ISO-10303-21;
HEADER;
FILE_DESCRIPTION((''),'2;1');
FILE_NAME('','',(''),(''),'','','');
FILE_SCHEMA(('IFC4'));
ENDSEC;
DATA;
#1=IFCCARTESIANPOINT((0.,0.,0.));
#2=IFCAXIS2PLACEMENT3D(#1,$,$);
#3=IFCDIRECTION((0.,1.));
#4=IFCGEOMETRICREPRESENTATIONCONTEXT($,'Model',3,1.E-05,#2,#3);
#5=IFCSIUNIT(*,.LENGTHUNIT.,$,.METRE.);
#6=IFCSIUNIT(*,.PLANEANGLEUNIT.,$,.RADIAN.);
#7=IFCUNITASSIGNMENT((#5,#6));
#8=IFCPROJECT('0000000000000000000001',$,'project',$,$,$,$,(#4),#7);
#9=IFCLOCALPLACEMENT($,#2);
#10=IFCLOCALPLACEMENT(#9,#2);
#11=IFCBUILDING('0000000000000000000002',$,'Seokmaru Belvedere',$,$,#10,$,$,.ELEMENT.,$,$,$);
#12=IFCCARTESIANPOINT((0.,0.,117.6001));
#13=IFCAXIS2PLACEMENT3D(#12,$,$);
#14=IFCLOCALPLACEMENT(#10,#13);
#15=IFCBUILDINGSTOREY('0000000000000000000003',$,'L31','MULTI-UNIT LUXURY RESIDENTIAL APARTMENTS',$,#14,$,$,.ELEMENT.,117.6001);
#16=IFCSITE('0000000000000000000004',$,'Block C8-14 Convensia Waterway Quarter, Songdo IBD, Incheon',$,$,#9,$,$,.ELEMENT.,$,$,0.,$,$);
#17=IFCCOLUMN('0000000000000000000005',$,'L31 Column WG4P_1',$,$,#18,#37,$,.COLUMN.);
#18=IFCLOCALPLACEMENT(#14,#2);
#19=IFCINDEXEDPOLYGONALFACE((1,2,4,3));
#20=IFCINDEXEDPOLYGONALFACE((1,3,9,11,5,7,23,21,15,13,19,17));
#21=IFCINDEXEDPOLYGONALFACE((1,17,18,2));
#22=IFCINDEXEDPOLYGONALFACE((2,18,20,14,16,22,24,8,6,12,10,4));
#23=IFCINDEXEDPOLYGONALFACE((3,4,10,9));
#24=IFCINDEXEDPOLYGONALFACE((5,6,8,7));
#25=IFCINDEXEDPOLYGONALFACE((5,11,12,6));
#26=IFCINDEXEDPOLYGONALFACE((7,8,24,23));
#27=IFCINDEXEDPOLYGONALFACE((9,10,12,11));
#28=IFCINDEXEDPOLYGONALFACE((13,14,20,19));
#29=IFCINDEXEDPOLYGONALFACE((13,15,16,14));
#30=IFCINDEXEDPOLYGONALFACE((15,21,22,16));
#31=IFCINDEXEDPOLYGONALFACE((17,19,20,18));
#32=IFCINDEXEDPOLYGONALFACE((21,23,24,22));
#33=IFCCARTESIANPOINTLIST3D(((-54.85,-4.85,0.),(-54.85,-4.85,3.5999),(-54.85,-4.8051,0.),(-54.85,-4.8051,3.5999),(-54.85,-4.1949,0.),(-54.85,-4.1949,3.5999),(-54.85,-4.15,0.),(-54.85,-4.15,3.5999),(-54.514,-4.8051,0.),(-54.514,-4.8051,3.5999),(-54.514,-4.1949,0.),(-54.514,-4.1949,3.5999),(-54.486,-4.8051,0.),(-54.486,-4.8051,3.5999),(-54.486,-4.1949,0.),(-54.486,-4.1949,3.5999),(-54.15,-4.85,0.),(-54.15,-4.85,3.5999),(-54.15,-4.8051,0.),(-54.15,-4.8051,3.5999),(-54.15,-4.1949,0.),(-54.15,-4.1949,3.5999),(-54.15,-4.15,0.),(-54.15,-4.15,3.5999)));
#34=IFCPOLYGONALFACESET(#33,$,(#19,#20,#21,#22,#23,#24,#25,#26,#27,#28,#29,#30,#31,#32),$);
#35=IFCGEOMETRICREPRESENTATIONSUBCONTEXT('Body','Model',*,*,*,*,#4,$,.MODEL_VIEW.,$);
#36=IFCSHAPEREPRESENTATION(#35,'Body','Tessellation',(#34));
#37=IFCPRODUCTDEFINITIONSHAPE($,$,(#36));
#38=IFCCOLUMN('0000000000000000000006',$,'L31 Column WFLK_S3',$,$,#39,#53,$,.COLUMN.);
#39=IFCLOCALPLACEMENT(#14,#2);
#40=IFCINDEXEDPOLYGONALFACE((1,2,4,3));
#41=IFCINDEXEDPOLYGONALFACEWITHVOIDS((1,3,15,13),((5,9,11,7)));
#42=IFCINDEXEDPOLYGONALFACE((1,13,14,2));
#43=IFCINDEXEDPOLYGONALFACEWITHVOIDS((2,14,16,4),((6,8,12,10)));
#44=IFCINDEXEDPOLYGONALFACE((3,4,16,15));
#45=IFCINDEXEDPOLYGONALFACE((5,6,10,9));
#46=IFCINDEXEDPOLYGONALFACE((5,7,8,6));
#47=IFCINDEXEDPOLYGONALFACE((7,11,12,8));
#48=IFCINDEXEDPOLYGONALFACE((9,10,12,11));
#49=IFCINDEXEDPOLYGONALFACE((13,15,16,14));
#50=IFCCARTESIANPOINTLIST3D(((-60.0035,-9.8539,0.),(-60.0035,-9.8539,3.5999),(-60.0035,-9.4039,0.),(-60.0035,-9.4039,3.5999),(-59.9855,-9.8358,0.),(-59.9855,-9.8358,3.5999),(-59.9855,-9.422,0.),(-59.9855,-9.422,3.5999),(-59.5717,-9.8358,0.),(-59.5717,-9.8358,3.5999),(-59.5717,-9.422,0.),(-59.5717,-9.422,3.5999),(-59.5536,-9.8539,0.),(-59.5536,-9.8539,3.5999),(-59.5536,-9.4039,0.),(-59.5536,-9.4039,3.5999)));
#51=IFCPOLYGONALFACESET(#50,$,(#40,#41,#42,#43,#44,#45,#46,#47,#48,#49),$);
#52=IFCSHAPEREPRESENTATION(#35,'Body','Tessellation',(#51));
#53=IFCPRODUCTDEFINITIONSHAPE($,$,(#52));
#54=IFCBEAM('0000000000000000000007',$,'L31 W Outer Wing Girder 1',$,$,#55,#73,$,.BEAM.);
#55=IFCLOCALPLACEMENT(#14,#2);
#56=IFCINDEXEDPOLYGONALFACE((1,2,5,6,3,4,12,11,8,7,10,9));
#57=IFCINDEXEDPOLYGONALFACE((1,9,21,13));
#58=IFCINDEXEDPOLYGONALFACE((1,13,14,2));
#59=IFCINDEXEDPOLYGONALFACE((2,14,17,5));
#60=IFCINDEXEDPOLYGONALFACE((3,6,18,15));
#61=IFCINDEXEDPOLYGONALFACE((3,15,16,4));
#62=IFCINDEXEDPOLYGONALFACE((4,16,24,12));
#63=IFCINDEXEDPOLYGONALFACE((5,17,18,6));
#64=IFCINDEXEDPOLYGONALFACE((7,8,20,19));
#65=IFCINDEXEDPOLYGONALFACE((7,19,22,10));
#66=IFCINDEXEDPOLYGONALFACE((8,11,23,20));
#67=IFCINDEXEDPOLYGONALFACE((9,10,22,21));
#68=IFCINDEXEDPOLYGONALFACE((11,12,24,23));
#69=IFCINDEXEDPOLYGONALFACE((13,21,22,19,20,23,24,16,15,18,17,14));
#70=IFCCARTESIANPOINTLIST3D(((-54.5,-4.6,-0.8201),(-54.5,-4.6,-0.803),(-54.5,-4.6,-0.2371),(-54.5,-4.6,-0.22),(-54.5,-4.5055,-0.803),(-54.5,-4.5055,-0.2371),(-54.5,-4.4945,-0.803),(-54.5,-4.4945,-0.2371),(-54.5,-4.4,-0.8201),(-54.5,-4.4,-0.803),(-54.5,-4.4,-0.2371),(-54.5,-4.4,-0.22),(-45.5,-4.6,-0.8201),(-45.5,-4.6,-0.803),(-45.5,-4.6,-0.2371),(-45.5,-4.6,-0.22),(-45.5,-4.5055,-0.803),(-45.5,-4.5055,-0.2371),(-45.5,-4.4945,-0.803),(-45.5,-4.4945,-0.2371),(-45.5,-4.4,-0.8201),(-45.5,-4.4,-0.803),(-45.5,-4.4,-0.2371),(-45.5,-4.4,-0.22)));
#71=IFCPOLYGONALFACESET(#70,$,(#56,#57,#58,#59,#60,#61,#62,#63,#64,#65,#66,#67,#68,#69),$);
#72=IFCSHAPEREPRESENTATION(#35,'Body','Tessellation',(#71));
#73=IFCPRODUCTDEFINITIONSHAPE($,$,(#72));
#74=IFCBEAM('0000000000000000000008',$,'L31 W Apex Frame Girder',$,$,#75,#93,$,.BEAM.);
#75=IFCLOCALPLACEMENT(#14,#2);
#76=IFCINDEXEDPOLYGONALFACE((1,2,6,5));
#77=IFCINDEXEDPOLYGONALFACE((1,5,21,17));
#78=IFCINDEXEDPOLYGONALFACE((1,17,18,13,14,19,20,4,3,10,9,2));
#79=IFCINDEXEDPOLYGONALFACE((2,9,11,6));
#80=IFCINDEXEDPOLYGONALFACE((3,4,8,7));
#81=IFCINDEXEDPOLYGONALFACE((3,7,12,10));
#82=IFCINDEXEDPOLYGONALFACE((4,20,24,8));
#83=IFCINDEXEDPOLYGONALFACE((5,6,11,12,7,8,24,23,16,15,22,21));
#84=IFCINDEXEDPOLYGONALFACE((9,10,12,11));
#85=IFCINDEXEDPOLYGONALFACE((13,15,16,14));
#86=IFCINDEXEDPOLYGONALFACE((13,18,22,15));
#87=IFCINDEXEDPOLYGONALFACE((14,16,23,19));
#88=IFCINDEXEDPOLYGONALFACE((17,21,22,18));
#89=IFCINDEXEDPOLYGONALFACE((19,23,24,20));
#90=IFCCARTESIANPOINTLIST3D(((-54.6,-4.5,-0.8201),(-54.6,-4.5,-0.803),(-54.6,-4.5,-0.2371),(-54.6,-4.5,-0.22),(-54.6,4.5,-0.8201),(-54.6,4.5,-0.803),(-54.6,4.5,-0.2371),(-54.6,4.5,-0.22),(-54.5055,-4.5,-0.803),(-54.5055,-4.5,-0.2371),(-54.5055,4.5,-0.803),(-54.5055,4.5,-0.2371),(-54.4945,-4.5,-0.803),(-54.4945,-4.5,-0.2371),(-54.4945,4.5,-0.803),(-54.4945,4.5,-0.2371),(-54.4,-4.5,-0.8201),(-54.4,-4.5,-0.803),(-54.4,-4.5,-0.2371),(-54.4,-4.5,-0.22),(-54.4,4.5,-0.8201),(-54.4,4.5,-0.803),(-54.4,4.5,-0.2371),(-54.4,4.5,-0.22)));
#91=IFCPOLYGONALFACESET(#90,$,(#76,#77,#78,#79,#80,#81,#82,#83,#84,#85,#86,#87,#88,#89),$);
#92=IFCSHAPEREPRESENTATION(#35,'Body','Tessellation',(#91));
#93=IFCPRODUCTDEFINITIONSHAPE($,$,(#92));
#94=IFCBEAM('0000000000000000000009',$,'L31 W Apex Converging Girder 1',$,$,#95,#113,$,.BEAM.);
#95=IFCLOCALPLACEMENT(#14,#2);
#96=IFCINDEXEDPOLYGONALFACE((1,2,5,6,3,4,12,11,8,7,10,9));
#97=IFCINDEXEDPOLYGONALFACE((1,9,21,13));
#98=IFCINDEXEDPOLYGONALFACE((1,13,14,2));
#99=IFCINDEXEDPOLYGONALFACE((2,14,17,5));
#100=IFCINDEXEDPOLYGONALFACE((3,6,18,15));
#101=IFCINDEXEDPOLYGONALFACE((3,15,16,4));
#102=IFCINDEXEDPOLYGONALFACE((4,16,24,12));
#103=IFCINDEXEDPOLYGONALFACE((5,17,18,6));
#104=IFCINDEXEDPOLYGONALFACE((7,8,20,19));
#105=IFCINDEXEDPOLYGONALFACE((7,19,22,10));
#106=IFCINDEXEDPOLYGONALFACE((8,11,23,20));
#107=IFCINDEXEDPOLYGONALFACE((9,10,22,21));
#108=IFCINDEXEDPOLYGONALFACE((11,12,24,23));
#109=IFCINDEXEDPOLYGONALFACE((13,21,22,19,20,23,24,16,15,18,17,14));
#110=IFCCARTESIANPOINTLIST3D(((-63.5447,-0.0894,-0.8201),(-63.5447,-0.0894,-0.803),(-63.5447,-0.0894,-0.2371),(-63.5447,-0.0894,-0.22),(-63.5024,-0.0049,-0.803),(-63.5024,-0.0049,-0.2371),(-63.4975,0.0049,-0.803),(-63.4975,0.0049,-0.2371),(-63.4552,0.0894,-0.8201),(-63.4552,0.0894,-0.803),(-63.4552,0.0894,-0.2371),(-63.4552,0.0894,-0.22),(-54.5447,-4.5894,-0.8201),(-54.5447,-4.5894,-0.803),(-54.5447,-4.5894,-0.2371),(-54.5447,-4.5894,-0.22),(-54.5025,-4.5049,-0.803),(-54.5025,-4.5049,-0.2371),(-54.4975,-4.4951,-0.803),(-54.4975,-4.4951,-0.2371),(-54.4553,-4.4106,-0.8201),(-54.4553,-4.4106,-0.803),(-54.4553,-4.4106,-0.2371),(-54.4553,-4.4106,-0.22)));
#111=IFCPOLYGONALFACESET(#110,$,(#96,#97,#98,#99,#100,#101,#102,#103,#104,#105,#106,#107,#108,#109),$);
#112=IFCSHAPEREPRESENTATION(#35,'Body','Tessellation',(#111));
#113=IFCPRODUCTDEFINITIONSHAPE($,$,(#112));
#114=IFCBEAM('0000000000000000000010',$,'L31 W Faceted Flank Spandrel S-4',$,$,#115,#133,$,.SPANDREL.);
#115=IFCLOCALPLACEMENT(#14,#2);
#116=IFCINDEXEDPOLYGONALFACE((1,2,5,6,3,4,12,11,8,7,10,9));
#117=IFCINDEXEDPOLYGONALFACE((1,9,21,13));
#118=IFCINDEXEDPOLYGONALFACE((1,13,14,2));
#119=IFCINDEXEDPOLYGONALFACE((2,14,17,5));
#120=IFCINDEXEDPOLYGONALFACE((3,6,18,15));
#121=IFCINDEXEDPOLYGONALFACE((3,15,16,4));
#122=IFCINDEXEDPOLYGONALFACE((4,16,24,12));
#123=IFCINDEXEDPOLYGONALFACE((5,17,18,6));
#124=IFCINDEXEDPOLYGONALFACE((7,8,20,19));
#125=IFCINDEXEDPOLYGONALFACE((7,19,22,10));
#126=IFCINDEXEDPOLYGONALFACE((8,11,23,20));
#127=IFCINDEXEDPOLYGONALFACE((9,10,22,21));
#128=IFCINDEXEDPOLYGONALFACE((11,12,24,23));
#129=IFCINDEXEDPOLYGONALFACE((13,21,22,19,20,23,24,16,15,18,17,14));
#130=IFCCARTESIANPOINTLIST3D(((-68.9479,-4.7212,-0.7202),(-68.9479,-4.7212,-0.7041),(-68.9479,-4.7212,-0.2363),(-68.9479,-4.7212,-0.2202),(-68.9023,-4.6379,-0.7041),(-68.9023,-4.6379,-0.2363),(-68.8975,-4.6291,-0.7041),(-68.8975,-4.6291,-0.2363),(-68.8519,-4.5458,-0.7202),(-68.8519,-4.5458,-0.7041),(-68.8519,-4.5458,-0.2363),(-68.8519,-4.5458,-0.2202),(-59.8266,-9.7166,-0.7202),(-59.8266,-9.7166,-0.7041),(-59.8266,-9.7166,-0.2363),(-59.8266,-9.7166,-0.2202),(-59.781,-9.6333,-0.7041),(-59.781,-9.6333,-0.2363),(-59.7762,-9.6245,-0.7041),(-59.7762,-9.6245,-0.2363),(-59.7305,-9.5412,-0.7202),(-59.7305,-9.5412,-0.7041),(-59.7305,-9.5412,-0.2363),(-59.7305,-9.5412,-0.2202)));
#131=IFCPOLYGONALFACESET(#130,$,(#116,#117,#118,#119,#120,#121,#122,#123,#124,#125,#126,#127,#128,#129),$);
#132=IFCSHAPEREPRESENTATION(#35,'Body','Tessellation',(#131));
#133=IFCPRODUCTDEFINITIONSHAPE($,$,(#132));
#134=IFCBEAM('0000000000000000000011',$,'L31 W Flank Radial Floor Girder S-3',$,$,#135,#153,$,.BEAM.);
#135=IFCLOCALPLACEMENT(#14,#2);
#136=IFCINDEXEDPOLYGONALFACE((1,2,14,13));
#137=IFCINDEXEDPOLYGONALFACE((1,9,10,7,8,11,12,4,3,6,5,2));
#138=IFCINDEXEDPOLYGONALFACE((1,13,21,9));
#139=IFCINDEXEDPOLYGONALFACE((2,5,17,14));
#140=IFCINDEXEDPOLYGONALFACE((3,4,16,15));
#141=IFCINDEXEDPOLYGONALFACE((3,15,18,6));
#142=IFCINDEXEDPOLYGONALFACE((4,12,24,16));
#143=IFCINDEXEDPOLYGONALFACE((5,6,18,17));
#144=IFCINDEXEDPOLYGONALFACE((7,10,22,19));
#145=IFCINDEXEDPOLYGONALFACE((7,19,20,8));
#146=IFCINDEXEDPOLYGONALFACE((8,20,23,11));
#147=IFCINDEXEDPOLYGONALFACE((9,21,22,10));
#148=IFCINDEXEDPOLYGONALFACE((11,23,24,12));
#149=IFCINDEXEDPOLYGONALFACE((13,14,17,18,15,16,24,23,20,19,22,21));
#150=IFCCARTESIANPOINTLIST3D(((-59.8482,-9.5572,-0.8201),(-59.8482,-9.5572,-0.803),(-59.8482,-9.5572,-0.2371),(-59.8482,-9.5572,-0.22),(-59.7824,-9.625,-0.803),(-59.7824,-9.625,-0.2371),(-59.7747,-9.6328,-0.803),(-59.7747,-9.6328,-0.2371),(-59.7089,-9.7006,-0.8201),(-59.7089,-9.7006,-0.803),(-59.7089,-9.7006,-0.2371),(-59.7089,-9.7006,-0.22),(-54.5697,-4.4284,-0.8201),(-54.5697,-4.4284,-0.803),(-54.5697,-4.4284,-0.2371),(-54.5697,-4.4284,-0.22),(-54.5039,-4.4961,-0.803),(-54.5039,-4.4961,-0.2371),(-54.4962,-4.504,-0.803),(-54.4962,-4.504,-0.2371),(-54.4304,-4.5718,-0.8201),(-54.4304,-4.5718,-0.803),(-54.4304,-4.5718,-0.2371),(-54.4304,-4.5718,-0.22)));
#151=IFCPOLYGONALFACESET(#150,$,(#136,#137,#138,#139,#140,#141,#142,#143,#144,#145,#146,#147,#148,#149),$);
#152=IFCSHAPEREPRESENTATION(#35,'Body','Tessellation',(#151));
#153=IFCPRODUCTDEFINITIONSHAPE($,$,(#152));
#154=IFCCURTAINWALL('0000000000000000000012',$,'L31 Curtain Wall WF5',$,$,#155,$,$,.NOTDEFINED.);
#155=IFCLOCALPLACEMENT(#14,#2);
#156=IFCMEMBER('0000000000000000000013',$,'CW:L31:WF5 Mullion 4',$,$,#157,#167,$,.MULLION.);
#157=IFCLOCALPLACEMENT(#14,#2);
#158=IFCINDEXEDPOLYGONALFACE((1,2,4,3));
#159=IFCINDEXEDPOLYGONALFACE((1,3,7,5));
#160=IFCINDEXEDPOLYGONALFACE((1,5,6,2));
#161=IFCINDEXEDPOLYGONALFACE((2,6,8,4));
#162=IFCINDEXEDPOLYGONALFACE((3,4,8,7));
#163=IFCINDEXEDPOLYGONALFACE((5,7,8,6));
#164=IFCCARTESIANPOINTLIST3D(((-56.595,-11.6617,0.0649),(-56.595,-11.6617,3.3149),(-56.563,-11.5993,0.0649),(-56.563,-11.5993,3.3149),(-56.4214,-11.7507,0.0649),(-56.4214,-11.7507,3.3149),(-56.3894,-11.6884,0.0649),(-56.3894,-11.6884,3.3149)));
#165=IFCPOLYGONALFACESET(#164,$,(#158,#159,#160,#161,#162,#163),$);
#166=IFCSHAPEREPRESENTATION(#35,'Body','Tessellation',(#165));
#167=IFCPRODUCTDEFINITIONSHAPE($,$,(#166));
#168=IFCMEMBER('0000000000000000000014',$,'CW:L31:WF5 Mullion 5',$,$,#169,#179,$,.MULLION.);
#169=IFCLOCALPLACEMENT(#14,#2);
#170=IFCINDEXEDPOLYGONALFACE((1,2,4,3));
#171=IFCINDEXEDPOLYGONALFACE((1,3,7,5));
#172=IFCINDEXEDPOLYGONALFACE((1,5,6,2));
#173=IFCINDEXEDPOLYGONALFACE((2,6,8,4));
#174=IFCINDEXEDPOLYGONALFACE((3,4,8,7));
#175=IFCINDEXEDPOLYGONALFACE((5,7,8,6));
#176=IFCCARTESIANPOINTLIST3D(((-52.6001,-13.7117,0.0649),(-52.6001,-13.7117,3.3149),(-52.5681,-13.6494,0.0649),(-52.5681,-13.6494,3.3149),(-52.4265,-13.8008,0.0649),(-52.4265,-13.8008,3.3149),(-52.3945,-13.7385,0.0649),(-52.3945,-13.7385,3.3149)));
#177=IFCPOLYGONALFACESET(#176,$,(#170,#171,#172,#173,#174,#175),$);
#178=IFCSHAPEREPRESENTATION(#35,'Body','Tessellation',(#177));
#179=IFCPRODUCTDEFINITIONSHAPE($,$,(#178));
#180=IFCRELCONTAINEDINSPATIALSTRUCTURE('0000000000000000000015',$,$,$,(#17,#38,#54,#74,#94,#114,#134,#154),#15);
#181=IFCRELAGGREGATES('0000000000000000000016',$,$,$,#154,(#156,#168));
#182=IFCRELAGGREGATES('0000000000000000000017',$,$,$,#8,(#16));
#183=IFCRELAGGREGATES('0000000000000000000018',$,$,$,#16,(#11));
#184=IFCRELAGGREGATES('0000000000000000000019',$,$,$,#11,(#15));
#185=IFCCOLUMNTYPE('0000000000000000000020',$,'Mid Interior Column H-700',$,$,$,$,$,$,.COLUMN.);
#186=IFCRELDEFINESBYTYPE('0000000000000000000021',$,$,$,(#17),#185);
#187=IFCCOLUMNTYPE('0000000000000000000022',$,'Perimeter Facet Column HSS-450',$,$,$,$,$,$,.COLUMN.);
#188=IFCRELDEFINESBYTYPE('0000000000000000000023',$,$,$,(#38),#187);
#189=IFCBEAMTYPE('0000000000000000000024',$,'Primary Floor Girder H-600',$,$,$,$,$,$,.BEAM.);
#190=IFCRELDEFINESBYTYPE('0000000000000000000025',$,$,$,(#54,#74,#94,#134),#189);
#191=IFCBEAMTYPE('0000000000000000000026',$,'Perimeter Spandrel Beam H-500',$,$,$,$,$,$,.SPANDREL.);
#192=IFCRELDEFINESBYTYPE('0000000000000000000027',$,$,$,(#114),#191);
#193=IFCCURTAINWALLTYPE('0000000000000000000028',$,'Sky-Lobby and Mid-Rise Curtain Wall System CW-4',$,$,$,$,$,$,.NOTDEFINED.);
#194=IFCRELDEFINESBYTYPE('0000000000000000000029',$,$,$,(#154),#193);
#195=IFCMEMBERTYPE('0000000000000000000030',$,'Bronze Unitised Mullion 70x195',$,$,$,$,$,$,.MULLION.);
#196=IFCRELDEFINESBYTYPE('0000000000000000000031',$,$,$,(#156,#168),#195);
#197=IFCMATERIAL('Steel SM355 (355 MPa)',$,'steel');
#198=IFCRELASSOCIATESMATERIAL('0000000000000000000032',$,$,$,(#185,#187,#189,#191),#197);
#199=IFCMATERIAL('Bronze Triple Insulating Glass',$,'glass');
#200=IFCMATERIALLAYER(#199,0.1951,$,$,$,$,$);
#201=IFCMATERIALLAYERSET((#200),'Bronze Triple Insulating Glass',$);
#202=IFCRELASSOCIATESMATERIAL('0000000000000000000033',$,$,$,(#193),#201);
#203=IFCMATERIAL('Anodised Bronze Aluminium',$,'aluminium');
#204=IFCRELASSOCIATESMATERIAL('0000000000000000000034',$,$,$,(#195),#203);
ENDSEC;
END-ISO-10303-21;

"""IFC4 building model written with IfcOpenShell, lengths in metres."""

from ifc_helpers import new_model, si_unit, direction, frame, origin, origin_2d, place, context, subcontext, project, spatial, rectangle, hollow_rectangle, i_section, extrude, source, transform, mapped, material, layer, layer_set, material_profile, profile_set, type_object, type_shapes, element, aggregate, save


model = new_model("IFC4")

# Units and contexts
model_context = context("Model", 3, precision=1e-05, world=origin(), true_north=direction((0.0, 1.0)))
body_context = subcontext(model_context, "Body", "Model", "MODEL_VIEW")
ifc_project = project(units=[si_unit("LENGTHUNIT", "METRE"), si_unit("PLANEANGLEUNIT", "RADIAN")], contexts=[model_context])

# Site, building, storey
site_placement = place(None, origin())
site = spatial("IfcSite", under=ifc_project, at=site_placement, Name="Block C8-14 Convensia Waterway Quarter, Songdo IBD, Incheon", CompositionType="ELEMENT", RefElevation=0.0)
building_placement = place(site_placement, origin())
building = spatial("IfcBuilding", under=site, at=building_placement, Name="Seokmaru Belvedere", CompositionType="ELEMENT")
storey_placement = place(building_placement, frame((0.0, 0.0, 117.6001)))
storey = spatial("IfcBuildingStorey", under=building, at=storey_placement, Name="L31", Description="MULTI-UNIT LUXURY RESIDENTIAL APARTMENTS", CompositionType="ELEMENT", Elevation=117.6001)

# Columns
ifc_material_1 = material(Name="Steel SM355 (355 MPa)", Category="steel")
ifc_material_profile_1 = material_profile(ifc_material_1, i_section(OverallWidth=0.7, OverallDepth=0.7, WebThickness=0.0281, FlangeThickness=0.0449, at=origin_2d()), Name="H-700x700x28x45")
ifc_profile_set_1 = profile_set([ifc_material_profile_1], Name="Steel SM355 (355 MPa)")
column_type_1 = type_object("IfcColumnType", Name="Mid Interior Column H-700", PredefinedType="COLUMN", material=ifc_profile_set_1)
shared_shape_1 = source(origin(), body_context, "Body", "SweptSolid", [
    extrude(i_section(OverallWidth=0.7, OverallDepth=0.7, WebThickness=0.0281, FlangeThickness=0.0449, at=origin_2d()), origin(), (0.0, 0.0, 1.0), 3.5999),
])
type_shapes(column_type_1, [shared_shape_1])
column_1_placement = place(storey_placement, frame((-54.5, -4.5, 0.0), z_axis=(0.0, 0.0, 1.0), x_axis=(1.0, 0.0, 0.0)))
element("IfcColumn", 1, at=column_1_placement, inside=storey, type_object=column_type_1, Name="L31 Column WG4P_1", PredefinedType="COLUMN", context=body_context, shape_type="MappedRepresentation", body=[
    mapped(shared_shape_1, transform((0.0, 0.0, 0.0), scale=1.0)),
])
ifc_material_profile_2 = material_profile(ifc_material_1, hollow_rectangle(XDim=0.45, YDim=0.45, WallThickness=0.0181, at=origin_2d()), Name="HSS-450x450x18")
ifc_profile_set_2 = profile_set([ifc_material_profile_2], Name="Steel SM355 (355 MPa)")
column_type_2 = type_object("IfcColumnType", Name="Perimeter Facet Column HSS-450", PredefinedType="COLUMN", material=ifc_profile_set_2)
shared_shape_2 = source(origin(), body_context, "Body", "SweptSolid", [
    extrude(hollow_rectangle(XDim=0.45, YDim=0.45, WallThickness=0.0181, at=origin_2d()), origin(), (0.0, 0.0, 1.0), 3.5999),
])
type_shapes(column_type_2, [shared_shape_2])
column_2_placement = place(storey_placement, frame((-59.7786, -9.6289, 0.0), z_axis=(0.0, 0.0, 1.0), x_axis=(1.0, 0.0, 0.0)))
element("IfcColumn", 2, at=column_2_placement, inside=storey, type_object=column_type_2, Name="L31 Column WFLK_S3", PredefinedType="COLUMN", context=body_context, shape_type="MappedRepresentation", body=[
    mapped(shared_shape_2, transform((0.0, 0.0, 0.0), scale=1.0)),
])

# Beams
ifc_material_profile_3 = material_profile(ifc_material_1, i_section(OverallWidth=0.2, OverallDepth=0.6001, WebThickness=0.011, FlangeThickness=0.0171, at=origin_2d()), Name="H-600x200x11x17")
ifc_profile_set_3 = profile_set([ifc_material_profile_3], Name="Steel SM355 (355 MPa)")
beam_type_1 = type_object("IfcBeamType", Name="Primary Floor Girder H-600", PredefinedType="BEAM", material=ifc_profile_set_3)
shared_shape_3 = source(origin(), body_context, "Body", "SweptSolid", [
    extrude(i_section(OverallWidth=0.2, OverallDepth=0.6001, WebThickness=0.011, FlangeThickness=0.0171, at=origin_2d()), origin(), (0.0, 0.0, 1.0), 9.0),
])
for number, where, z_axis, x_axis, name in (
    (3, (-54.5, -4.5, -0.52), (1.0, 0.0, 0.0), (0.0, 1.0, 0.0), "L31 W Outer Wing Girder 1"),
    (4, (-54.5, -4.5, -0.52), (0.0, 1.0, 0.0), (-1.0, 0.0, 0.0), "L31 W Apex Frame Girder"),
):
    element("IfcBeam", number, at=place(storey_placement, frame(where, z_axis=z_axis, x_axis=x_axis)), inside=storey, type_object=beam_type_1, Name=name, PredefinedType="BEAM", context=body_context, shape_type="MappedRepresentation", body=[
        mapped(shared_shape_3, transform((0.0, 0.0, 0.0), scale=1.0)),
    ])
shared_shape_4 = source(origin(), body_context, "Body", "SweptSolid", [
    extrude(i_section(OverallWidth=0.2, OverallDepth=0.6001, WebThickness=0.011, FlangeThickness=0.0171, at=origin_2d()), origin(), (0.0, 0.0, 1.0), 10.0623),
])
beam_1_placement = place(storey_placement, frame((-54.5, -4.5, -0.52), z_axis=(-0.894427, 0.447214, 0.0), x_axis=(-0.447214, -0.894427, 0.0)))
element("IfcBeam", 5, at=beam_1_placement, inside=storey, type_object=beam_type_1, Name="L31 W Apex Converging Girder 1", PredefinedType="BEAM", context=body_context, shape_type="MappedRepresentation", body=[
    mapped(shared_shape_4, transform((0.0, 0.0, 0.0), scale=1.0)),
])
ifc_material_profile_4 = material_profile(ifc_material_1, i_section(OverallWidth=0.2, OverallDepth=0.5, WebThickness=0.01, FlangeThickness=0.0161, at=origin_2d()), Name="H-500x200x10x16")
ifc_profile_set_4 = profile_set([ifc_material_profile_4], Name="Steel SM355 (355 MPa)")
beam_type_2 = type_object("IfcBeamType", Name="Perimeter Spandrel Beam H-500", PredefinedType="SPANDREL", material=ifc_profile_set_4)
shared_shape_5 = source(origin(), body_context, "Body", "SweptSolid", [
    extrude(i_section(OverallWidth=0.2, OverallDepth=0.5, WebThickness=0.01, FlangeThickness=0.0161, at=origin_2d()), origin(), (0.0, 0.0, 1.0), 10.3997),
])
type_shapes(beam_type_2, [shared_shape_5])
beam_2_placement = place(storey_placement, frame((-59.7786, -9.6289, -0.4702), z_axis=(-0.877082, 0.48034, 0.0), x_axis=(-0.48034, -0.877082, 0.0)))
element("IfcBeam", 6, at=beam_2_placement, inside=storey, type_object=beam_type_2, Name="L31 W Faceted Flank Spandrel S-4", PredefinedType="SPANDREL", context=body_context, shape_type="MappedRepresentation", body=[
    mapped(shared_shape_5, transform((0.0, 0.0, 0.0), scale=1.0)),
])
shared_shape_6 = source(origin(), body_context, "Body", "SweptSolid", [
    extrude(i_section(OverallWidth=0.2, OverallDepth=0.6001, WebThickness=0.011, FlangeThickness=0.0171, at=origin_2d()), origin(), (0.0, 0.0, 1.0), 7.3599),
])
type_shapes(beam_type_1, [shared_shape_3, shared_shape_4, shared_shape_6])
beam_3_placement = place(storey_placement, frame((-59.7786, -9.6289, -0.52), z_axis=(0.717201, 0.696867, 0.0), x_axis=(-0.696867, 0.717201, 0.0)))
element("IfcBeam", 7, at=beam_3_placement, inside=storey, type_object=beam_type_1, Name="L31 W Flank Radial Floor Girder S-3", PredefinedType="BEAM", context=body_context, shape_type="MappedRepresentation", body=[
    mapped(shared_shape_6, transform((0.0, 0.0, 0.0), scale=1.0)),
])

# Curtain wall, members
ifc_material_2 = material(Name="Bronze Triple Insulating Glass", Category="glass")
ifc_layer_1 = layer(ifc_material_2, 0.1951)
ifc_layer_set_1 = layer_set([ifc_layer_1], Name="Bronze Triple Insulating Glass")
curtain_wall_type = type_object("IfcCurtainWallType", Name="Sky-Lobby and Mid-Rise Curtain Wall System CW-4", PredefinedType="NOTDEFINED", material=ifc_layer_set_1)
curtain_wall_placement = place(storey_placement, origin())
curtain_wall = element("IfcCurtainWall", 8, at=curtain_wall_placement, inside=storey, type_object=curtain_wall_type, Name="L31 Curtain Wall WF5", PredefinedType="NOTDEFINED")
ifc_material_3 = material(Name="Anodised Bronze Aluminium", Category="aluminium")
ifc_material_profile_5 = material_profile(ifc_material_3, rectangle(XDim=0.0701, YDim=0.1951, at=origin_2d()), Name="CW-M-70x195")
ifc_profile_set_5 = profile_set([ifc_material_profile_5], Name="Anodised Bronze Aluminium")
member_type = type_object("IfcMemberType", Name="Bronze Unitised Mullion 70x195", PredefinedType="MULLION", material=ifc_profile_set_5)
shared_shape_7 = source(origin(), body_context, "Body", "SweptSolid", [
    extrude(rectangle(XDim=0.0701, YDim=0.1951, at=origin_2d()), origin(), (0.0, 0.0, 1.0), 3.25),
])
type_shapes(member_type, [shared_shape_7])
member_1_placement = place(storey_placement, frame((-56.4922, -11.675, 0.0649), z_axis=(0.0, 0.0, 1.0), x_axis=(0.456555, 0.889695, 0.0)))
member_1 = element("IfcMember", 9, at=member_1_placement, type_object=member_type, Name="CW:L31:WF5 Mullion 4", PredefinedType="MULLION", context=body_context, shape_type="MappedRepresentation", body=[
    mapped(shared_shape_7, transform((0.0, 0.0, 0.0), scale=1.0)),
])
member_2_placement = place(storey_placement, frame((-52.4973, -13.7251, 0.0649), z_axis=(0.0, 0.0, 1.0), x_axis=(0.456555, 0.889695, 0.0)))
member_2 = element("IfcMember", 10, at=member_2_placement, type_object=member_type, Name="CW:L31:WF5 Mullion 5", PredefinedType="MULLION", context=body_context, shape_type="MappedRepresentation", body=[
    mapped(shared_shape_7, transform((0.0, 0.0, 0.0), scale=1.0)),
])
aggregate(curtain_wall, [member_1, member_2])

save(model, "model.ifc")
